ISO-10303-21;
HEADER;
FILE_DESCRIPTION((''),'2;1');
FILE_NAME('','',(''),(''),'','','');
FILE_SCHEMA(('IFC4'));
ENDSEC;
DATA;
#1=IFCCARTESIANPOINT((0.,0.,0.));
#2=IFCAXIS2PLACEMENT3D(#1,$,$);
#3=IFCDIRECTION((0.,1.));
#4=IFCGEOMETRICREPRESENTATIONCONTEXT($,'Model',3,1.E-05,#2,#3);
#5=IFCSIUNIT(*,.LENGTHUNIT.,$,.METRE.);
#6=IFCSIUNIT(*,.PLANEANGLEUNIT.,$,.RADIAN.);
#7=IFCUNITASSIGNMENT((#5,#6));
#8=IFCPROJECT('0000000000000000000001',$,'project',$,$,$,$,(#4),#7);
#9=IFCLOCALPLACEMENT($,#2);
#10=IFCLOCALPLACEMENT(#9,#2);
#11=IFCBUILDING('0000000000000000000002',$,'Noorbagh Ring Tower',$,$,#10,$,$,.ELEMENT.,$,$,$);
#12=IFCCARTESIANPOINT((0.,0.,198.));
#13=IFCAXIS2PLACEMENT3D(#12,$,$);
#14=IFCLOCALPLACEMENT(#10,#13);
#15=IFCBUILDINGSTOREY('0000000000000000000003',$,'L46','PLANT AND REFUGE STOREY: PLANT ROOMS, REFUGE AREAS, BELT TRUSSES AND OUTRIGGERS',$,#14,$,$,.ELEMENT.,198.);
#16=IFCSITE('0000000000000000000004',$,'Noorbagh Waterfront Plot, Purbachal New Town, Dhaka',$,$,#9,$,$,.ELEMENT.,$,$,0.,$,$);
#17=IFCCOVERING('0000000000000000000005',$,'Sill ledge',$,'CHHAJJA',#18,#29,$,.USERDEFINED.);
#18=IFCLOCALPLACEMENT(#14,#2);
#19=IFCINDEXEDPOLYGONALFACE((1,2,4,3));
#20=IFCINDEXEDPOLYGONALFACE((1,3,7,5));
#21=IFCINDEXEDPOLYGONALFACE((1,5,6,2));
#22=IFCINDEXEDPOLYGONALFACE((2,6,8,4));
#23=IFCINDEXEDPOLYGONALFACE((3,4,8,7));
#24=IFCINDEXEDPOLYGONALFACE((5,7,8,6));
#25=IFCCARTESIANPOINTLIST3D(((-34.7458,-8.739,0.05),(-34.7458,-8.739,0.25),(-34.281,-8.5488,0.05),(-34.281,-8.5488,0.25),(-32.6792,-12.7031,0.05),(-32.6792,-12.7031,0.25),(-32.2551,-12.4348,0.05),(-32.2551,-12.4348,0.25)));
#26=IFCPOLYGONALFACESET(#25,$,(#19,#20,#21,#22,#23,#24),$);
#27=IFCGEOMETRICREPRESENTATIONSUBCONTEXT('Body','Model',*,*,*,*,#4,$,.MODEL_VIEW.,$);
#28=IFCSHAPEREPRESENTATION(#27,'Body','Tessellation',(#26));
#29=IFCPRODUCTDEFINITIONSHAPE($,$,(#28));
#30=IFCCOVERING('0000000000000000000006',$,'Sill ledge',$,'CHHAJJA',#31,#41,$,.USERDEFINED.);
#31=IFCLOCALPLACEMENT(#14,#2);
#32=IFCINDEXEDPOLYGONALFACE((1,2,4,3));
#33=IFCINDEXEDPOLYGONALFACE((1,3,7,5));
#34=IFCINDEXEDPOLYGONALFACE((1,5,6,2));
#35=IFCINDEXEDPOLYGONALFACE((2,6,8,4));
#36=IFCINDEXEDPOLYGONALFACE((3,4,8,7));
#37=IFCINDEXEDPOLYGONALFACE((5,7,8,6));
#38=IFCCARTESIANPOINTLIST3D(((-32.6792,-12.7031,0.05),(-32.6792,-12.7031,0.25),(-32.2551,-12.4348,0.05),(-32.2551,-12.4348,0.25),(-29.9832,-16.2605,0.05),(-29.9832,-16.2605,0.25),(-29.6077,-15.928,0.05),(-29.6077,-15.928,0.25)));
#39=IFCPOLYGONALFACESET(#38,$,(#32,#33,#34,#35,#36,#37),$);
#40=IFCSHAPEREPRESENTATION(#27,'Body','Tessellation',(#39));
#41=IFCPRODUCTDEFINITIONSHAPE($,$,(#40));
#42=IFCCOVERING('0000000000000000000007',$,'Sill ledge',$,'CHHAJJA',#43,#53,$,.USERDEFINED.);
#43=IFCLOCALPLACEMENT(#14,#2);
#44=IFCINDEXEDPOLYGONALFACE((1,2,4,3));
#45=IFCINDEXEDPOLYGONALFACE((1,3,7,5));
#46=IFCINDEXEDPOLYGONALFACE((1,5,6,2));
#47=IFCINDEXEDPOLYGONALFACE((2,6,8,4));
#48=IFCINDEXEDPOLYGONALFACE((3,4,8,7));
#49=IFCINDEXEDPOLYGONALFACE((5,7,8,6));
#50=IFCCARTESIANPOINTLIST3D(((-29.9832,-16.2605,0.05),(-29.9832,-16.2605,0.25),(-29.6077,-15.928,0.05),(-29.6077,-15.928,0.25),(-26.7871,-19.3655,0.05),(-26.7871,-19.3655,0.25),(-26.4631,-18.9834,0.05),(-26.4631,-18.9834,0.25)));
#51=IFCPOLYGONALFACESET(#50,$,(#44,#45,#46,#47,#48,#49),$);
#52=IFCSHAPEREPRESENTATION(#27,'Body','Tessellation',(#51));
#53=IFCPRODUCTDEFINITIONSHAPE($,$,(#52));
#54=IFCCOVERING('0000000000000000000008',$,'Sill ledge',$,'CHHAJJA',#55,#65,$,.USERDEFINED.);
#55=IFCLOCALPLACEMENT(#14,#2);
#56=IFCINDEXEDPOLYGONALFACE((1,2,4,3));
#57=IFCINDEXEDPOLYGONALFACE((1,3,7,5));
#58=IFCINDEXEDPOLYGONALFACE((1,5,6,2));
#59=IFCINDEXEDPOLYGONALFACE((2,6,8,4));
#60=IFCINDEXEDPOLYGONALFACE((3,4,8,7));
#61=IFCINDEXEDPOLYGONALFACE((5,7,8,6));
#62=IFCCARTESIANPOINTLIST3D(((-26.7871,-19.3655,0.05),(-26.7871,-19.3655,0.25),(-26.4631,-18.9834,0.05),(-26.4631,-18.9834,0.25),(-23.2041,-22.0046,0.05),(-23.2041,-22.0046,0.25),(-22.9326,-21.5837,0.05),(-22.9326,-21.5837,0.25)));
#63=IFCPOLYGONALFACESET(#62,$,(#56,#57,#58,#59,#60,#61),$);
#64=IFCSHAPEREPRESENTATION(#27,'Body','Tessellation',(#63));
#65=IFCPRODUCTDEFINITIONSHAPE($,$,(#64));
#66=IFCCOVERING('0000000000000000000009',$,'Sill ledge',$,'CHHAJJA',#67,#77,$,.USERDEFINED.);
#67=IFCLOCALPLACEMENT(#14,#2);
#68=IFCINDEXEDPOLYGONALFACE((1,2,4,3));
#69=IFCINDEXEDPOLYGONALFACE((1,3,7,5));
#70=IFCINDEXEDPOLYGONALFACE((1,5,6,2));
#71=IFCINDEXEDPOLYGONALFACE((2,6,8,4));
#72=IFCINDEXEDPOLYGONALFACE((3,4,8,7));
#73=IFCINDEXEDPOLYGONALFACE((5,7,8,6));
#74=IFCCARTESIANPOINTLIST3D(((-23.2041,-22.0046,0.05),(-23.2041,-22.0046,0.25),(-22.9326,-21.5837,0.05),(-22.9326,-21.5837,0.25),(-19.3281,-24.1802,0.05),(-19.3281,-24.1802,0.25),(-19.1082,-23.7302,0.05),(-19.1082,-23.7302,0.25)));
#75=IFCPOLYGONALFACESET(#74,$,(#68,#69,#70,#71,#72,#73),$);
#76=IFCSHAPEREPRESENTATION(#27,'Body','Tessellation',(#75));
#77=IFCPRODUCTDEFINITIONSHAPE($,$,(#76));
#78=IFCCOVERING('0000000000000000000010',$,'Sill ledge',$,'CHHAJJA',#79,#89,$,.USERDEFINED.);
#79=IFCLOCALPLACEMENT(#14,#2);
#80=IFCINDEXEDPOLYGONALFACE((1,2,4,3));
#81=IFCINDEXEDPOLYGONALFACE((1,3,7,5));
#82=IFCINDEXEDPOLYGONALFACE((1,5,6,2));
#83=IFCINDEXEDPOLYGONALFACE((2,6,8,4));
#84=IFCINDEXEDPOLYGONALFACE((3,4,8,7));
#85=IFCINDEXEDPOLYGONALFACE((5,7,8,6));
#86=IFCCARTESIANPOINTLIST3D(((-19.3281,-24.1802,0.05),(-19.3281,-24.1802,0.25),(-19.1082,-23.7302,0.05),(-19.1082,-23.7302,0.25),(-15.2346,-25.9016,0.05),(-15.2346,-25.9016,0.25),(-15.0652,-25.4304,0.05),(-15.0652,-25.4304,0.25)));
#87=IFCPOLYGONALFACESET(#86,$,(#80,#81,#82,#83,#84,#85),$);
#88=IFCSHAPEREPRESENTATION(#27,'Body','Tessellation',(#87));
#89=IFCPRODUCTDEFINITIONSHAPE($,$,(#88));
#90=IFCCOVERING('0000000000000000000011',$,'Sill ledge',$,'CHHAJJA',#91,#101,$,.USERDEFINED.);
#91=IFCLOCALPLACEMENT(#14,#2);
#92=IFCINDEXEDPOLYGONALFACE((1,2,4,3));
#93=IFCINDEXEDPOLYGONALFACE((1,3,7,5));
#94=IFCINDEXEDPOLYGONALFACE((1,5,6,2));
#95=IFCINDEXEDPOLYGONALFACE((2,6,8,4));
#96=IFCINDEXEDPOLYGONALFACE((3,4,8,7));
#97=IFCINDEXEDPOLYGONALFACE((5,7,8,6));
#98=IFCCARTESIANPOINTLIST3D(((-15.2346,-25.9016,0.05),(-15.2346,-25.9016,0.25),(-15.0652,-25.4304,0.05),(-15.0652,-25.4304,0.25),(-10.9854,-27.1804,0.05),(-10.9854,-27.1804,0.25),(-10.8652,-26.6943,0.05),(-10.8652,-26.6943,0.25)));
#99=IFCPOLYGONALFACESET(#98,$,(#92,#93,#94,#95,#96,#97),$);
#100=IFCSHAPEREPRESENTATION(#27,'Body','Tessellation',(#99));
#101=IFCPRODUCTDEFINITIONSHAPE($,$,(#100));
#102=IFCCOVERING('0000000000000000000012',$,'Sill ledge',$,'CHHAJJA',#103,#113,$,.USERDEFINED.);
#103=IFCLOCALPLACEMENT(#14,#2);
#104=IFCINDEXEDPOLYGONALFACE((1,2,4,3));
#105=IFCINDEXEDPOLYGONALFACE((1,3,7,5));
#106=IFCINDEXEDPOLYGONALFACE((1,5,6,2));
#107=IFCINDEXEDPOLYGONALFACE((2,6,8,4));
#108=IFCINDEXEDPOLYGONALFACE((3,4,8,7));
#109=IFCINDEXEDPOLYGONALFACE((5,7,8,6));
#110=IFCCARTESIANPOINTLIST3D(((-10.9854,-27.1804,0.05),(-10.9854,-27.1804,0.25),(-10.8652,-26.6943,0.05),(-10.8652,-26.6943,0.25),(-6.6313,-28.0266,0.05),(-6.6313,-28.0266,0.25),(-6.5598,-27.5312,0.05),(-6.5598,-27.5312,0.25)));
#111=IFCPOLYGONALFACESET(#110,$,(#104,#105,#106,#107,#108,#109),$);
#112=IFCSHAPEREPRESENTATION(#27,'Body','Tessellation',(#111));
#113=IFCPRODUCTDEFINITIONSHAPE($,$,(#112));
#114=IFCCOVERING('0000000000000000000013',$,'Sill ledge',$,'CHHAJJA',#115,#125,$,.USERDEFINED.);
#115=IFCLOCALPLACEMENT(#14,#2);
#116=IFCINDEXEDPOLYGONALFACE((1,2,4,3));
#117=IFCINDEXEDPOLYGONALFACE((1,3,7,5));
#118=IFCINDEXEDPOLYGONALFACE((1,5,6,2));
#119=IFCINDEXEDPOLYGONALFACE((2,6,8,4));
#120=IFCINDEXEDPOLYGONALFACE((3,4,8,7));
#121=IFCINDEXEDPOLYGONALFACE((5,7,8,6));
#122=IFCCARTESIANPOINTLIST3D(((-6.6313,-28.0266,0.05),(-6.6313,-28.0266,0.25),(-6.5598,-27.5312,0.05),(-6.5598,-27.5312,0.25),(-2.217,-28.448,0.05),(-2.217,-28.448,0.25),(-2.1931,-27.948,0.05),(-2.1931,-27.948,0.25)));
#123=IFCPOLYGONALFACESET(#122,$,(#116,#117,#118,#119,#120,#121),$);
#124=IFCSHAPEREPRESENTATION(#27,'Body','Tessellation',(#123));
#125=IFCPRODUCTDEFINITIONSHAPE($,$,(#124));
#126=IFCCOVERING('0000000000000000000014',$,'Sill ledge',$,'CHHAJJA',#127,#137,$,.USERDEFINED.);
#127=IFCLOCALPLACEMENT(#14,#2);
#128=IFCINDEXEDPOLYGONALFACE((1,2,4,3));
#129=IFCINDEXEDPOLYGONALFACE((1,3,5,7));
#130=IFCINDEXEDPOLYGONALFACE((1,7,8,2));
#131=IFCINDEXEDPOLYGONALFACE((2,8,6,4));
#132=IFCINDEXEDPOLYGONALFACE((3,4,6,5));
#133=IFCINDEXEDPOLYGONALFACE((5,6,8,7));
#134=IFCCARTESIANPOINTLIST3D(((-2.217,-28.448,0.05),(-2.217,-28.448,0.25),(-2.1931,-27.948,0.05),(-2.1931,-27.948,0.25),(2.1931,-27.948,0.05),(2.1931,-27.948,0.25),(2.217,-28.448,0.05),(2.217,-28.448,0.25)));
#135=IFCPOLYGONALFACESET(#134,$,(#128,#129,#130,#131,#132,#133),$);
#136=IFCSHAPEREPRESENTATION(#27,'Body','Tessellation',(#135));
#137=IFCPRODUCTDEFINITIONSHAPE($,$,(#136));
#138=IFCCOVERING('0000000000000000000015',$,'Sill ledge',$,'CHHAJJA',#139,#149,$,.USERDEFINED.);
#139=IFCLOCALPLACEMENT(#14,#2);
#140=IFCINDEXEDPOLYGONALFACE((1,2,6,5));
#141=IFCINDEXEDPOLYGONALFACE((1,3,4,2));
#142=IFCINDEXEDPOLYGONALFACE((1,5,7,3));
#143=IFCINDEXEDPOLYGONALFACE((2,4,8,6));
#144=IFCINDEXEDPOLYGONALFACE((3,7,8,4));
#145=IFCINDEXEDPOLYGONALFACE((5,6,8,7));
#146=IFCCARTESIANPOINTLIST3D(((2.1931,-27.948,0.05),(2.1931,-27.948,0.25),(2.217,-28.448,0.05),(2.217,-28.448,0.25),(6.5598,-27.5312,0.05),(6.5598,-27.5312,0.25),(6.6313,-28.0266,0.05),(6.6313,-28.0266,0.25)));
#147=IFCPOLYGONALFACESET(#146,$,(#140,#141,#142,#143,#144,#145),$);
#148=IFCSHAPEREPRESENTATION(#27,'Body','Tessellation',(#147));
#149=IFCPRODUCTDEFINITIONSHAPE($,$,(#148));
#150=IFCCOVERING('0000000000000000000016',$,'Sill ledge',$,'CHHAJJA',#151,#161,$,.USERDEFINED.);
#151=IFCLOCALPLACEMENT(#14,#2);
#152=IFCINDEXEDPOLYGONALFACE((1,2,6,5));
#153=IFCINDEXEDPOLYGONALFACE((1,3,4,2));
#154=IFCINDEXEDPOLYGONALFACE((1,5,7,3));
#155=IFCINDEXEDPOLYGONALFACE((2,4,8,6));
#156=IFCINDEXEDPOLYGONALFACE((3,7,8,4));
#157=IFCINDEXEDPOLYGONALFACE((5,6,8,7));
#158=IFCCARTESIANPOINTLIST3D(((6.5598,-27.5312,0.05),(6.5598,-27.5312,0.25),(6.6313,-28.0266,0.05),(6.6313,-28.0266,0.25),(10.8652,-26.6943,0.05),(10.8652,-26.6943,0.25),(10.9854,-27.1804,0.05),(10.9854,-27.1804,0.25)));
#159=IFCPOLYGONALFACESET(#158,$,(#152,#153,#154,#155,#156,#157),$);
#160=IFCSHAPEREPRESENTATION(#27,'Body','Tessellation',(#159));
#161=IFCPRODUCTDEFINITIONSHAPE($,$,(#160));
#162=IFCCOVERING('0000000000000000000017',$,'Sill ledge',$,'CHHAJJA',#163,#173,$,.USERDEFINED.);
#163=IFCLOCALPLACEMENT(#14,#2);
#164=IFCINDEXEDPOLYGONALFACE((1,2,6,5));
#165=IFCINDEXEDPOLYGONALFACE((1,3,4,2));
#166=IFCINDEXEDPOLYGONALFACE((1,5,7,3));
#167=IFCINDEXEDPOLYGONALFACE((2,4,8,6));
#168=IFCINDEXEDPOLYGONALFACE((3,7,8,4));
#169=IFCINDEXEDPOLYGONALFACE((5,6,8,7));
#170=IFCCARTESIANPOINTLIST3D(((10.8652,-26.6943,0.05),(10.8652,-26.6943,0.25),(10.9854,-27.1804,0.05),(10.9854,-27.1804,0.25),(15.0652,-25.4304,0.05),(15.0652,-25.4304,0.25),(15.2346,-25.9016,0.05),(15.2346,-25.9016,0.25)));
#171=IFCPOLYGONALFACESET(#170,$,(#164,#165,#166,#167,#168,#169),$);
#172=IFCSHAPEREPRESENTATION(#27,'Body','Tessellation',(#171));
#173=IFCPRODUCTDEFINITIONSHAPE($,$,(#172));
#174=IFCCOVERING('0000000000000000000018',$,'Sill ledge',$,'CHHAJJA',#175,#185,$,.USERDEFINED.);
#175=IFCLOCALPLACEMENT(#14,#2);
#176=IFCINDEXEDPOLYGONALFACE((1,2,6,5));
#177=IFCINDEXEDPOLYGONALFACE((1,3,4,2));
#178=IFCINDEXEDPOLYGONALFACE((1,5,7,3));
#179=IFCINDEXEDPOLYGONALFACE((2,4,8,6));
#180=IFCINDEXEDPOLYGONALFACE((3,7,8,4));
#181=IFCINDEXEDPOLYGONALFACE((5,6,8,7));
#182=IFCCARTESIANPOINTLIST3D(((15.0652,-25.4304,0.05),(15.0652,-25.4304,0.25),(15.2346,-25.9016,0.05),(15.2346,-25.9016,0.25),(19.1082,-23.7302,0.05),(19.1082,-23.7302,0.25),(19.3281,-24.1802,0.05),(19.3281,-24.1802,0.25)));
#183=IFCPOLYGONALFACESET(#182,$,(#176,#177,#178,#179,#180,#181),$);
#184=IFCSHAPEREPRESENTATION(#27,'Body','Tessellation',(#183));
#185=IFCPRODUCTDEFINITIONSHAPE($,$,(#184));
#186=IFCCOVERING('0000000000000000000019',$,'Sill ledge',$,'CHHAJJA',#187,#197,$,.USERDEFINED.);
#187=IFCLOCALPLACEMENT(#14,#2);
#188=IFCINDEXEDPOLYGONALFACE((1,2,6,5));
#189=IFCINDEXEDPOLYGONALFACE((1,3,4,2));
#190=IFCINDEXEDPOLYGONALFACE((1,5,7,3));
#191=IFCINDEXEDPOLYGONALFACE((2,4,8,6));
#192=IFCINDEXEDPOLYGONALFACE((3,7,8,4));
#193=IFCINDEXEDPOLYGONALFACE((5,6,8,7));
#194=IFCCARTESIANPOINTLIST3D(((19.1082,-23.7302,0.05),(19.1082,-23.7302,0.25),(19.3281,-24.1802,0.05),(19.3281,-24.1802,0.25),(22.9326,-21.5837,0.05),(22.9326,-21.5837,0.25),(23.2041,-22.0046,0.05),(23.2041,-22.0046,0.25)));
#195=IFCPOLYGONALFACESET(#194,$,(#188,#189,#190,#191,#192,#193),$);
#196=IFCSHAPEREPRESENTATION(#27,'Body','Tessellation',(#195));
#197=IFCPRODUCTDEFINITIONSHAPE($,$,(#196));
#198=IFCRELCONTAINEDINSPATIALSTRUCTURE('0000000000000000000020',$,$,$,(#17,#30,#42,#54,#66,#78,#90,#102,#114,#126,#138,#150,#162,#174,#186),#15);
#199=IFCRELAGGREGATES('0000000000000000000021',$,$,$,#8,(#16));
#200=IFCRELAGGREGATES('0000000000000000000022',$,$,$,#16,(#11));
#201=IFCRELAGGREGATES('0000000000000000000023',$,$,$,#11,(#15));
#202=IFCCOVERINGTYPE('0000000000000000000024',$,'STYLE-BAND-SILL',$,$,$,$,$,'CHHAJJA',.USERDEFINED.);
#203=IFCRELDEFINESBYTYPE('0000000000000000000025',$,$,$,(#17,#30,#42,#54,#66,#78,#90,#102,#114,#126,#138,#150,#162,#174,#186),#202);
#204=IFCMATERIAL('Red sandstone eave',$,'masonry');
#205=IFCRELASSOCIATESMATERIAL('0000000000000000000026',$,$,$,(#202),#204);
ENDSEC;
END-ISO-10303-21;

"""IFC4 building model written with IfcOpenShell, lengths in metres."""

from ifc_helpers import new_model, si_unit, direction, frame, origin, place, context, subcontext, project, spatial, polyline, outline, extrude, material, type_object, element, save


model = new_model("IFC4")

# Units and contexts
model_context = context("Model", 3, precision=1e-05, world=origin(), true_north=direction((0.0, 1.0)))
body_context = subcontext(model_context, "Body", "Model", "MODEL_VIEW")
ifc_project = project(units=[si_unit("LENGTHUNIT", "METRE"), si_unit("PLANEANGLEUNIT", "RADIAN")], contexts=[model_context])

# Site, building, storey
site_placement = place(None, origin())
site = spatial("IfcSite", under=ifc_project, at=site_placement, Name="Noorbagh Waterfront Plot, Purbachal New Town, Dhaka", CompositionType="ELEMENT", RefElevation=0.0)
building_placement = place(site_placement, origin())
building = spatial("IfcBuilding", under=site, at=building_placement, Name="Noorbagh Ring Tower", CompositionType="ELEMENT")
storey_placement = place(building_placement, frame((0.0, 0.0, 198.0)))
storey = spatial("IfcBuildingStorey", under=building, at=storey_placement, Name="L46", Description="PLANT AND REFUGE STOREY: PLANT ROOMS, REFUGE AREAS, BELT TRUSSES AND OUTRIGGERS", CompositionType="ELEMENT", Elevation=198.0)

# Coverings
ifc_material = material(Name="Red sandstone eave", Category="masonry")
covering_type = type_object("IfcCoveringType", Name="STYLE-BAND-SILL", ElementType="CHHAJJA", PredefinedType="USERDEFINED", material=ifc_material)
covering_1_placement = place(storey_placement, frame((0.0, 0.0, 0.05)))
element("IfcCovering", 1, at=covering_1_placement, inside=storey, type_object=covering_type, Name="Sill ledge", ObjectType="CHHAJJA", PredefinedType="USERDEFINED", context=body_context, shape_type="SweptSolid", body=[
    extrude(outline(polyline([(-34.281, -8.5488), (-32.2551, -12.4348), (-32.6792, -12.7031), (-34.7458, -8.739), (-34.281, -8.5488)])), origin(), (0.0, 0.0, 1.0), 0.2),
])
covering_2_placement = place(storey_placement, frame((0.0, 0.0, 0.05)))
element("IfcCovering", 2, at=covering_2_placement, inside=storey, type_object=covering_type, Name="Sill ledge", ObjectType="CHHAJJA", PredefinedType="USERDEFINED", context=body_context, shape_type="SweptSolid", body=[
    extrude(outline(polyline([(-32.2551, -12.4348), (-29.6077, -15.928), (-29.9832, -16.2605), (-32.6792, -12.7031), (-32.2551, -12.4348)])), origin(), (0.0, 0.0, 1.0), 0.2),
])
covering_3_placement = place(storey_placement, frame((0.0, 0.0, 0.05)))
element("IfcCovering", 3, at=covering_3_placement, inside=storey, type_object=covering_type, Name="Sill ledge", ObjectType="CHHAJJA", PredefinedType="USERDEFINED", context=body_context, shape_type="SweptSolid", body=[
    extrude(outline(polyline([(-29.6077, -15.928), (-26.4631, -18.9834), (-26.7871, -19.3655), (-29.9832, -16.2605), (-29.6077, -15.928)])), origin(), (0.0, 0.0, 1.0), 0.2),
])
covering_4_placement = place(storey_placement, frame((0.0, 0.0, 0.05)))
element("IfcCovering", 4, at=covering_4_placement, inside=storey, type_object=covering_type, Name="Sill ledge", ObjectType="CHHAJJA", PredefinedType="USERDEFINED", context=body_context, shape_type="SweptSolid", body=[
    extrude(outline(polyline([(-26.4631, -18.9834), (-22.9326, -21.5837), (-23.2041, -22.0046), (-26.7871, -19.3655), (-26.4631, -18.9834)])), origin(), (0.0, 0.0, 1.0), 0.2),
])
covering_5_placement = place(storey_placement, frame((0.0, 0.0, 0.05)))
element("IfcCovering", 5, at=covering_5_placement, inside=storey, type_object=covering_type, Name="Sill ledge", ObjectType="CHHAJJA", PredefinedType="USERDEFINED", context=body_context, shape_type="SweptSolid", body=[
    extrude(outline(polyline([(-22.9326, -21.5837), (-19.1082, -23.7302), (-19.3281, -24.1802), (-23.2041, -22.0046), (-22.9326, -21.5837)])), origin(), (0.0, 0.0, 1.0), 0.2),
])
covering_6_placement = place(storey_placement, frame((0.0, 0.0, 0.05)))
element("IfcCovering", 6, at=covering_6_placement, inside=storey, type_object=covering_type, Name="Sill ledge", ObjectType="CHHAJJA", PredefinedType="USERDEFINED", context=body_context, shape_type="SweptSolid", body=[
    extrude(outline(polyline([(-19.1082, -23.7302), (-15.0652, -25.4304), (-15.2346, -25.9016), (-19.3281, -24.1802), (-19.1082, -23.7302)])), origin(), (0.0, 0.0, 1.0), 0.2),
])
covering_7_placement = place(storey_placement, frame((0.0, 0.0, 0.05)))
element("IfcCovering", 7, at=covering_7_placement, inside=storey, type_object=covering_type, Name="Sill ledge", ObjectType="CHHAJJA", PredefinedType="USERDEFINED", context=body_context, shape_type="SweptSolid", body=[
    extrude(outline(polyline([(-15.0652, -25.4304), (-10.8652, -26.6943), (-10.9854, -27.1804), (-15.2346, -25.9016), (-15.0652, -25.4304)])), origin(), (0.0, 0.0, 1.0), 0.2),
])
covering_8_placement = place(storey_placement, frame((0.0, 0.0, 0.05)))
element("IfcCovering", 8, at=covering_8_placement, inside=storey, type_object=covering_type, Name="Sill ledge", ObjectType="CHHAJJA", PredefinedType="USERDEFINED", context=body_context, shape_type="SweptSolid", body=[
    extrude(outline(polyline([(-10.8652, -26.6943), (-6.5598, -27.5312), (-6.6313, -28.0266), (-10.9854, -27.1804), (-10.8652, -26.6943)])), origin(), (0.0, 0.0, 1.0), 0.2),
])
covering_9_placement = place(storey_placement, frame((0.0, 0.0, 0.05)))
element("IfcCovering", 9, at=covering_9_placement, inside=storey, type_object=covering_type, Name="Sill ledge", ObjectType="CHHAJJA", PredefinedType="USERDEFINED", context=body_context, shape_type="SweptSolid", body=[
    extrude(outline(polyline([(-6.5598, -27.5312), (-2.1931, -27.948), (-2.217, -28.448), (-6.6313, -28.0266), (-6.5598, -27.5312)])), origin(), (0.0, 0.0, 1.0), 0.2),
])
covering_10_placement = place(storey_placement, frame((0.0, 0.0, 0.05)))
element("IfcCovering", 10, at=covering_10_placement, inside=storey, type_object=covering_type, Name="Sill ledge", ObjectType="CHHAJJA", PredefinedType="USERDEFINED", context=body_context, shape_type="SweptSolid", body=[
    extrude(outline(polyline([(-2.1931, -27.948), (2.1931, -27.948), (2.217, -28.448), (-2.217, -28.448), (-2.1931, -27.948)])), origin(), (0.0, 0.0, 1.0), 0.2),
])
covering_11_placement = place(storey_placement, frame((0.0, 0.0, 0.05)))
element("IfcCovering", 11, at=covering_11_placement, inside=storey, type_object=covering_type, Name="Sill ledge", ObjectType="CHHAJJA", PredefinedType="USERDEFINED", context=body_context, shape_type="SweptSolid", body=[
    extrude(outline(polyline([(2.1931, -27.948), (6.5598, -27.5312), (6.6313, -28.0266), (2.217, -28.448), (2.1931, -27.948)])), origin(), (0.0, 0.0, 1.0), 0.2),
])
covering_12_placement = place(storey_placement, frame((0.0, 0.0, 0.05)))
element("IfcCovering", 12, at=covering_12_placement, inside=storey, type_object=covering_type, Name="Sill ledge", ObjectType="CHHAJJA", PredefinedType="USERDEFINED", context=body_context, shape_type="SweptSolid", body=[
    extrude(outline(polyline([(6.5598, -27.5312), (10.8652, -26.6943), (10.9854, -27.1804), (6.6313, -28.0266), (6.5598, -27.5312)])), origin(), (0.0, 0.0, 1.0), 0.2),
])
covering_13_placement = place(storey_placement, frame((0.0, 0.0, 0.05)))
element("IfcCovering", 13, at=covering_13_placement, inside=storey, type_object=covering_type, Name="Sill ledge", ObjectType="CHHAJJA", PredefinedType="USERDEFINED", context=body_context, shape_type="SweptSolid", body=[
    extrude(outline(polyline([(10.8652, -26.6943), (15.0652, -25.4304), (15.2346, -25.9016), (10.9854, -27.1804), (10.8652, -26.6943)])), origin(), (0.0, 0.0, 1.0), 0.2),
])
covering_14_placement = place(storey_placement, frame((0.0, 0.0, 0.05)))
element("IfcCovering", 14, at=covering_14_placement, inside=storey, type_object=covering_type, Name="Sill ledge", ObjectType="CHHAJJA", PredefinedType="USERDEFINED", context=body_context, shape_type="SweptSolid", body=[
    extrude(outline(polyline([(15.0652, -25.4304), (19.1082, -23.7302), (19.3281, -24.1802), (15.2346, -25.9016), (15.0652, -25.4304)])), origin(), (0.0, 0.0, 1.0), 0.2),
])
covering_15_placement = place(storey_placement, frame((0.0, 0.0, 0.05)))
element("IfcCovering", 15, at=covering_15_placement, inside=storey, type_object=covering_type, Name="Sill ledge", ObjectType="CHHAJJA", PredefinedType="USERDEFINED", context=body_context, shape_type="SweptSolid", body=[
    extrude(outline(polyline([(19.1082, -23.7302), (22.9326, -21.5837), (23.2041, -22.0046), (19.3281, -24.1802), (19.1082, -23.7302)])), origin(), (0.0, 0.0, 1.0), 0.2),
])

save(model, "model.ifc")
